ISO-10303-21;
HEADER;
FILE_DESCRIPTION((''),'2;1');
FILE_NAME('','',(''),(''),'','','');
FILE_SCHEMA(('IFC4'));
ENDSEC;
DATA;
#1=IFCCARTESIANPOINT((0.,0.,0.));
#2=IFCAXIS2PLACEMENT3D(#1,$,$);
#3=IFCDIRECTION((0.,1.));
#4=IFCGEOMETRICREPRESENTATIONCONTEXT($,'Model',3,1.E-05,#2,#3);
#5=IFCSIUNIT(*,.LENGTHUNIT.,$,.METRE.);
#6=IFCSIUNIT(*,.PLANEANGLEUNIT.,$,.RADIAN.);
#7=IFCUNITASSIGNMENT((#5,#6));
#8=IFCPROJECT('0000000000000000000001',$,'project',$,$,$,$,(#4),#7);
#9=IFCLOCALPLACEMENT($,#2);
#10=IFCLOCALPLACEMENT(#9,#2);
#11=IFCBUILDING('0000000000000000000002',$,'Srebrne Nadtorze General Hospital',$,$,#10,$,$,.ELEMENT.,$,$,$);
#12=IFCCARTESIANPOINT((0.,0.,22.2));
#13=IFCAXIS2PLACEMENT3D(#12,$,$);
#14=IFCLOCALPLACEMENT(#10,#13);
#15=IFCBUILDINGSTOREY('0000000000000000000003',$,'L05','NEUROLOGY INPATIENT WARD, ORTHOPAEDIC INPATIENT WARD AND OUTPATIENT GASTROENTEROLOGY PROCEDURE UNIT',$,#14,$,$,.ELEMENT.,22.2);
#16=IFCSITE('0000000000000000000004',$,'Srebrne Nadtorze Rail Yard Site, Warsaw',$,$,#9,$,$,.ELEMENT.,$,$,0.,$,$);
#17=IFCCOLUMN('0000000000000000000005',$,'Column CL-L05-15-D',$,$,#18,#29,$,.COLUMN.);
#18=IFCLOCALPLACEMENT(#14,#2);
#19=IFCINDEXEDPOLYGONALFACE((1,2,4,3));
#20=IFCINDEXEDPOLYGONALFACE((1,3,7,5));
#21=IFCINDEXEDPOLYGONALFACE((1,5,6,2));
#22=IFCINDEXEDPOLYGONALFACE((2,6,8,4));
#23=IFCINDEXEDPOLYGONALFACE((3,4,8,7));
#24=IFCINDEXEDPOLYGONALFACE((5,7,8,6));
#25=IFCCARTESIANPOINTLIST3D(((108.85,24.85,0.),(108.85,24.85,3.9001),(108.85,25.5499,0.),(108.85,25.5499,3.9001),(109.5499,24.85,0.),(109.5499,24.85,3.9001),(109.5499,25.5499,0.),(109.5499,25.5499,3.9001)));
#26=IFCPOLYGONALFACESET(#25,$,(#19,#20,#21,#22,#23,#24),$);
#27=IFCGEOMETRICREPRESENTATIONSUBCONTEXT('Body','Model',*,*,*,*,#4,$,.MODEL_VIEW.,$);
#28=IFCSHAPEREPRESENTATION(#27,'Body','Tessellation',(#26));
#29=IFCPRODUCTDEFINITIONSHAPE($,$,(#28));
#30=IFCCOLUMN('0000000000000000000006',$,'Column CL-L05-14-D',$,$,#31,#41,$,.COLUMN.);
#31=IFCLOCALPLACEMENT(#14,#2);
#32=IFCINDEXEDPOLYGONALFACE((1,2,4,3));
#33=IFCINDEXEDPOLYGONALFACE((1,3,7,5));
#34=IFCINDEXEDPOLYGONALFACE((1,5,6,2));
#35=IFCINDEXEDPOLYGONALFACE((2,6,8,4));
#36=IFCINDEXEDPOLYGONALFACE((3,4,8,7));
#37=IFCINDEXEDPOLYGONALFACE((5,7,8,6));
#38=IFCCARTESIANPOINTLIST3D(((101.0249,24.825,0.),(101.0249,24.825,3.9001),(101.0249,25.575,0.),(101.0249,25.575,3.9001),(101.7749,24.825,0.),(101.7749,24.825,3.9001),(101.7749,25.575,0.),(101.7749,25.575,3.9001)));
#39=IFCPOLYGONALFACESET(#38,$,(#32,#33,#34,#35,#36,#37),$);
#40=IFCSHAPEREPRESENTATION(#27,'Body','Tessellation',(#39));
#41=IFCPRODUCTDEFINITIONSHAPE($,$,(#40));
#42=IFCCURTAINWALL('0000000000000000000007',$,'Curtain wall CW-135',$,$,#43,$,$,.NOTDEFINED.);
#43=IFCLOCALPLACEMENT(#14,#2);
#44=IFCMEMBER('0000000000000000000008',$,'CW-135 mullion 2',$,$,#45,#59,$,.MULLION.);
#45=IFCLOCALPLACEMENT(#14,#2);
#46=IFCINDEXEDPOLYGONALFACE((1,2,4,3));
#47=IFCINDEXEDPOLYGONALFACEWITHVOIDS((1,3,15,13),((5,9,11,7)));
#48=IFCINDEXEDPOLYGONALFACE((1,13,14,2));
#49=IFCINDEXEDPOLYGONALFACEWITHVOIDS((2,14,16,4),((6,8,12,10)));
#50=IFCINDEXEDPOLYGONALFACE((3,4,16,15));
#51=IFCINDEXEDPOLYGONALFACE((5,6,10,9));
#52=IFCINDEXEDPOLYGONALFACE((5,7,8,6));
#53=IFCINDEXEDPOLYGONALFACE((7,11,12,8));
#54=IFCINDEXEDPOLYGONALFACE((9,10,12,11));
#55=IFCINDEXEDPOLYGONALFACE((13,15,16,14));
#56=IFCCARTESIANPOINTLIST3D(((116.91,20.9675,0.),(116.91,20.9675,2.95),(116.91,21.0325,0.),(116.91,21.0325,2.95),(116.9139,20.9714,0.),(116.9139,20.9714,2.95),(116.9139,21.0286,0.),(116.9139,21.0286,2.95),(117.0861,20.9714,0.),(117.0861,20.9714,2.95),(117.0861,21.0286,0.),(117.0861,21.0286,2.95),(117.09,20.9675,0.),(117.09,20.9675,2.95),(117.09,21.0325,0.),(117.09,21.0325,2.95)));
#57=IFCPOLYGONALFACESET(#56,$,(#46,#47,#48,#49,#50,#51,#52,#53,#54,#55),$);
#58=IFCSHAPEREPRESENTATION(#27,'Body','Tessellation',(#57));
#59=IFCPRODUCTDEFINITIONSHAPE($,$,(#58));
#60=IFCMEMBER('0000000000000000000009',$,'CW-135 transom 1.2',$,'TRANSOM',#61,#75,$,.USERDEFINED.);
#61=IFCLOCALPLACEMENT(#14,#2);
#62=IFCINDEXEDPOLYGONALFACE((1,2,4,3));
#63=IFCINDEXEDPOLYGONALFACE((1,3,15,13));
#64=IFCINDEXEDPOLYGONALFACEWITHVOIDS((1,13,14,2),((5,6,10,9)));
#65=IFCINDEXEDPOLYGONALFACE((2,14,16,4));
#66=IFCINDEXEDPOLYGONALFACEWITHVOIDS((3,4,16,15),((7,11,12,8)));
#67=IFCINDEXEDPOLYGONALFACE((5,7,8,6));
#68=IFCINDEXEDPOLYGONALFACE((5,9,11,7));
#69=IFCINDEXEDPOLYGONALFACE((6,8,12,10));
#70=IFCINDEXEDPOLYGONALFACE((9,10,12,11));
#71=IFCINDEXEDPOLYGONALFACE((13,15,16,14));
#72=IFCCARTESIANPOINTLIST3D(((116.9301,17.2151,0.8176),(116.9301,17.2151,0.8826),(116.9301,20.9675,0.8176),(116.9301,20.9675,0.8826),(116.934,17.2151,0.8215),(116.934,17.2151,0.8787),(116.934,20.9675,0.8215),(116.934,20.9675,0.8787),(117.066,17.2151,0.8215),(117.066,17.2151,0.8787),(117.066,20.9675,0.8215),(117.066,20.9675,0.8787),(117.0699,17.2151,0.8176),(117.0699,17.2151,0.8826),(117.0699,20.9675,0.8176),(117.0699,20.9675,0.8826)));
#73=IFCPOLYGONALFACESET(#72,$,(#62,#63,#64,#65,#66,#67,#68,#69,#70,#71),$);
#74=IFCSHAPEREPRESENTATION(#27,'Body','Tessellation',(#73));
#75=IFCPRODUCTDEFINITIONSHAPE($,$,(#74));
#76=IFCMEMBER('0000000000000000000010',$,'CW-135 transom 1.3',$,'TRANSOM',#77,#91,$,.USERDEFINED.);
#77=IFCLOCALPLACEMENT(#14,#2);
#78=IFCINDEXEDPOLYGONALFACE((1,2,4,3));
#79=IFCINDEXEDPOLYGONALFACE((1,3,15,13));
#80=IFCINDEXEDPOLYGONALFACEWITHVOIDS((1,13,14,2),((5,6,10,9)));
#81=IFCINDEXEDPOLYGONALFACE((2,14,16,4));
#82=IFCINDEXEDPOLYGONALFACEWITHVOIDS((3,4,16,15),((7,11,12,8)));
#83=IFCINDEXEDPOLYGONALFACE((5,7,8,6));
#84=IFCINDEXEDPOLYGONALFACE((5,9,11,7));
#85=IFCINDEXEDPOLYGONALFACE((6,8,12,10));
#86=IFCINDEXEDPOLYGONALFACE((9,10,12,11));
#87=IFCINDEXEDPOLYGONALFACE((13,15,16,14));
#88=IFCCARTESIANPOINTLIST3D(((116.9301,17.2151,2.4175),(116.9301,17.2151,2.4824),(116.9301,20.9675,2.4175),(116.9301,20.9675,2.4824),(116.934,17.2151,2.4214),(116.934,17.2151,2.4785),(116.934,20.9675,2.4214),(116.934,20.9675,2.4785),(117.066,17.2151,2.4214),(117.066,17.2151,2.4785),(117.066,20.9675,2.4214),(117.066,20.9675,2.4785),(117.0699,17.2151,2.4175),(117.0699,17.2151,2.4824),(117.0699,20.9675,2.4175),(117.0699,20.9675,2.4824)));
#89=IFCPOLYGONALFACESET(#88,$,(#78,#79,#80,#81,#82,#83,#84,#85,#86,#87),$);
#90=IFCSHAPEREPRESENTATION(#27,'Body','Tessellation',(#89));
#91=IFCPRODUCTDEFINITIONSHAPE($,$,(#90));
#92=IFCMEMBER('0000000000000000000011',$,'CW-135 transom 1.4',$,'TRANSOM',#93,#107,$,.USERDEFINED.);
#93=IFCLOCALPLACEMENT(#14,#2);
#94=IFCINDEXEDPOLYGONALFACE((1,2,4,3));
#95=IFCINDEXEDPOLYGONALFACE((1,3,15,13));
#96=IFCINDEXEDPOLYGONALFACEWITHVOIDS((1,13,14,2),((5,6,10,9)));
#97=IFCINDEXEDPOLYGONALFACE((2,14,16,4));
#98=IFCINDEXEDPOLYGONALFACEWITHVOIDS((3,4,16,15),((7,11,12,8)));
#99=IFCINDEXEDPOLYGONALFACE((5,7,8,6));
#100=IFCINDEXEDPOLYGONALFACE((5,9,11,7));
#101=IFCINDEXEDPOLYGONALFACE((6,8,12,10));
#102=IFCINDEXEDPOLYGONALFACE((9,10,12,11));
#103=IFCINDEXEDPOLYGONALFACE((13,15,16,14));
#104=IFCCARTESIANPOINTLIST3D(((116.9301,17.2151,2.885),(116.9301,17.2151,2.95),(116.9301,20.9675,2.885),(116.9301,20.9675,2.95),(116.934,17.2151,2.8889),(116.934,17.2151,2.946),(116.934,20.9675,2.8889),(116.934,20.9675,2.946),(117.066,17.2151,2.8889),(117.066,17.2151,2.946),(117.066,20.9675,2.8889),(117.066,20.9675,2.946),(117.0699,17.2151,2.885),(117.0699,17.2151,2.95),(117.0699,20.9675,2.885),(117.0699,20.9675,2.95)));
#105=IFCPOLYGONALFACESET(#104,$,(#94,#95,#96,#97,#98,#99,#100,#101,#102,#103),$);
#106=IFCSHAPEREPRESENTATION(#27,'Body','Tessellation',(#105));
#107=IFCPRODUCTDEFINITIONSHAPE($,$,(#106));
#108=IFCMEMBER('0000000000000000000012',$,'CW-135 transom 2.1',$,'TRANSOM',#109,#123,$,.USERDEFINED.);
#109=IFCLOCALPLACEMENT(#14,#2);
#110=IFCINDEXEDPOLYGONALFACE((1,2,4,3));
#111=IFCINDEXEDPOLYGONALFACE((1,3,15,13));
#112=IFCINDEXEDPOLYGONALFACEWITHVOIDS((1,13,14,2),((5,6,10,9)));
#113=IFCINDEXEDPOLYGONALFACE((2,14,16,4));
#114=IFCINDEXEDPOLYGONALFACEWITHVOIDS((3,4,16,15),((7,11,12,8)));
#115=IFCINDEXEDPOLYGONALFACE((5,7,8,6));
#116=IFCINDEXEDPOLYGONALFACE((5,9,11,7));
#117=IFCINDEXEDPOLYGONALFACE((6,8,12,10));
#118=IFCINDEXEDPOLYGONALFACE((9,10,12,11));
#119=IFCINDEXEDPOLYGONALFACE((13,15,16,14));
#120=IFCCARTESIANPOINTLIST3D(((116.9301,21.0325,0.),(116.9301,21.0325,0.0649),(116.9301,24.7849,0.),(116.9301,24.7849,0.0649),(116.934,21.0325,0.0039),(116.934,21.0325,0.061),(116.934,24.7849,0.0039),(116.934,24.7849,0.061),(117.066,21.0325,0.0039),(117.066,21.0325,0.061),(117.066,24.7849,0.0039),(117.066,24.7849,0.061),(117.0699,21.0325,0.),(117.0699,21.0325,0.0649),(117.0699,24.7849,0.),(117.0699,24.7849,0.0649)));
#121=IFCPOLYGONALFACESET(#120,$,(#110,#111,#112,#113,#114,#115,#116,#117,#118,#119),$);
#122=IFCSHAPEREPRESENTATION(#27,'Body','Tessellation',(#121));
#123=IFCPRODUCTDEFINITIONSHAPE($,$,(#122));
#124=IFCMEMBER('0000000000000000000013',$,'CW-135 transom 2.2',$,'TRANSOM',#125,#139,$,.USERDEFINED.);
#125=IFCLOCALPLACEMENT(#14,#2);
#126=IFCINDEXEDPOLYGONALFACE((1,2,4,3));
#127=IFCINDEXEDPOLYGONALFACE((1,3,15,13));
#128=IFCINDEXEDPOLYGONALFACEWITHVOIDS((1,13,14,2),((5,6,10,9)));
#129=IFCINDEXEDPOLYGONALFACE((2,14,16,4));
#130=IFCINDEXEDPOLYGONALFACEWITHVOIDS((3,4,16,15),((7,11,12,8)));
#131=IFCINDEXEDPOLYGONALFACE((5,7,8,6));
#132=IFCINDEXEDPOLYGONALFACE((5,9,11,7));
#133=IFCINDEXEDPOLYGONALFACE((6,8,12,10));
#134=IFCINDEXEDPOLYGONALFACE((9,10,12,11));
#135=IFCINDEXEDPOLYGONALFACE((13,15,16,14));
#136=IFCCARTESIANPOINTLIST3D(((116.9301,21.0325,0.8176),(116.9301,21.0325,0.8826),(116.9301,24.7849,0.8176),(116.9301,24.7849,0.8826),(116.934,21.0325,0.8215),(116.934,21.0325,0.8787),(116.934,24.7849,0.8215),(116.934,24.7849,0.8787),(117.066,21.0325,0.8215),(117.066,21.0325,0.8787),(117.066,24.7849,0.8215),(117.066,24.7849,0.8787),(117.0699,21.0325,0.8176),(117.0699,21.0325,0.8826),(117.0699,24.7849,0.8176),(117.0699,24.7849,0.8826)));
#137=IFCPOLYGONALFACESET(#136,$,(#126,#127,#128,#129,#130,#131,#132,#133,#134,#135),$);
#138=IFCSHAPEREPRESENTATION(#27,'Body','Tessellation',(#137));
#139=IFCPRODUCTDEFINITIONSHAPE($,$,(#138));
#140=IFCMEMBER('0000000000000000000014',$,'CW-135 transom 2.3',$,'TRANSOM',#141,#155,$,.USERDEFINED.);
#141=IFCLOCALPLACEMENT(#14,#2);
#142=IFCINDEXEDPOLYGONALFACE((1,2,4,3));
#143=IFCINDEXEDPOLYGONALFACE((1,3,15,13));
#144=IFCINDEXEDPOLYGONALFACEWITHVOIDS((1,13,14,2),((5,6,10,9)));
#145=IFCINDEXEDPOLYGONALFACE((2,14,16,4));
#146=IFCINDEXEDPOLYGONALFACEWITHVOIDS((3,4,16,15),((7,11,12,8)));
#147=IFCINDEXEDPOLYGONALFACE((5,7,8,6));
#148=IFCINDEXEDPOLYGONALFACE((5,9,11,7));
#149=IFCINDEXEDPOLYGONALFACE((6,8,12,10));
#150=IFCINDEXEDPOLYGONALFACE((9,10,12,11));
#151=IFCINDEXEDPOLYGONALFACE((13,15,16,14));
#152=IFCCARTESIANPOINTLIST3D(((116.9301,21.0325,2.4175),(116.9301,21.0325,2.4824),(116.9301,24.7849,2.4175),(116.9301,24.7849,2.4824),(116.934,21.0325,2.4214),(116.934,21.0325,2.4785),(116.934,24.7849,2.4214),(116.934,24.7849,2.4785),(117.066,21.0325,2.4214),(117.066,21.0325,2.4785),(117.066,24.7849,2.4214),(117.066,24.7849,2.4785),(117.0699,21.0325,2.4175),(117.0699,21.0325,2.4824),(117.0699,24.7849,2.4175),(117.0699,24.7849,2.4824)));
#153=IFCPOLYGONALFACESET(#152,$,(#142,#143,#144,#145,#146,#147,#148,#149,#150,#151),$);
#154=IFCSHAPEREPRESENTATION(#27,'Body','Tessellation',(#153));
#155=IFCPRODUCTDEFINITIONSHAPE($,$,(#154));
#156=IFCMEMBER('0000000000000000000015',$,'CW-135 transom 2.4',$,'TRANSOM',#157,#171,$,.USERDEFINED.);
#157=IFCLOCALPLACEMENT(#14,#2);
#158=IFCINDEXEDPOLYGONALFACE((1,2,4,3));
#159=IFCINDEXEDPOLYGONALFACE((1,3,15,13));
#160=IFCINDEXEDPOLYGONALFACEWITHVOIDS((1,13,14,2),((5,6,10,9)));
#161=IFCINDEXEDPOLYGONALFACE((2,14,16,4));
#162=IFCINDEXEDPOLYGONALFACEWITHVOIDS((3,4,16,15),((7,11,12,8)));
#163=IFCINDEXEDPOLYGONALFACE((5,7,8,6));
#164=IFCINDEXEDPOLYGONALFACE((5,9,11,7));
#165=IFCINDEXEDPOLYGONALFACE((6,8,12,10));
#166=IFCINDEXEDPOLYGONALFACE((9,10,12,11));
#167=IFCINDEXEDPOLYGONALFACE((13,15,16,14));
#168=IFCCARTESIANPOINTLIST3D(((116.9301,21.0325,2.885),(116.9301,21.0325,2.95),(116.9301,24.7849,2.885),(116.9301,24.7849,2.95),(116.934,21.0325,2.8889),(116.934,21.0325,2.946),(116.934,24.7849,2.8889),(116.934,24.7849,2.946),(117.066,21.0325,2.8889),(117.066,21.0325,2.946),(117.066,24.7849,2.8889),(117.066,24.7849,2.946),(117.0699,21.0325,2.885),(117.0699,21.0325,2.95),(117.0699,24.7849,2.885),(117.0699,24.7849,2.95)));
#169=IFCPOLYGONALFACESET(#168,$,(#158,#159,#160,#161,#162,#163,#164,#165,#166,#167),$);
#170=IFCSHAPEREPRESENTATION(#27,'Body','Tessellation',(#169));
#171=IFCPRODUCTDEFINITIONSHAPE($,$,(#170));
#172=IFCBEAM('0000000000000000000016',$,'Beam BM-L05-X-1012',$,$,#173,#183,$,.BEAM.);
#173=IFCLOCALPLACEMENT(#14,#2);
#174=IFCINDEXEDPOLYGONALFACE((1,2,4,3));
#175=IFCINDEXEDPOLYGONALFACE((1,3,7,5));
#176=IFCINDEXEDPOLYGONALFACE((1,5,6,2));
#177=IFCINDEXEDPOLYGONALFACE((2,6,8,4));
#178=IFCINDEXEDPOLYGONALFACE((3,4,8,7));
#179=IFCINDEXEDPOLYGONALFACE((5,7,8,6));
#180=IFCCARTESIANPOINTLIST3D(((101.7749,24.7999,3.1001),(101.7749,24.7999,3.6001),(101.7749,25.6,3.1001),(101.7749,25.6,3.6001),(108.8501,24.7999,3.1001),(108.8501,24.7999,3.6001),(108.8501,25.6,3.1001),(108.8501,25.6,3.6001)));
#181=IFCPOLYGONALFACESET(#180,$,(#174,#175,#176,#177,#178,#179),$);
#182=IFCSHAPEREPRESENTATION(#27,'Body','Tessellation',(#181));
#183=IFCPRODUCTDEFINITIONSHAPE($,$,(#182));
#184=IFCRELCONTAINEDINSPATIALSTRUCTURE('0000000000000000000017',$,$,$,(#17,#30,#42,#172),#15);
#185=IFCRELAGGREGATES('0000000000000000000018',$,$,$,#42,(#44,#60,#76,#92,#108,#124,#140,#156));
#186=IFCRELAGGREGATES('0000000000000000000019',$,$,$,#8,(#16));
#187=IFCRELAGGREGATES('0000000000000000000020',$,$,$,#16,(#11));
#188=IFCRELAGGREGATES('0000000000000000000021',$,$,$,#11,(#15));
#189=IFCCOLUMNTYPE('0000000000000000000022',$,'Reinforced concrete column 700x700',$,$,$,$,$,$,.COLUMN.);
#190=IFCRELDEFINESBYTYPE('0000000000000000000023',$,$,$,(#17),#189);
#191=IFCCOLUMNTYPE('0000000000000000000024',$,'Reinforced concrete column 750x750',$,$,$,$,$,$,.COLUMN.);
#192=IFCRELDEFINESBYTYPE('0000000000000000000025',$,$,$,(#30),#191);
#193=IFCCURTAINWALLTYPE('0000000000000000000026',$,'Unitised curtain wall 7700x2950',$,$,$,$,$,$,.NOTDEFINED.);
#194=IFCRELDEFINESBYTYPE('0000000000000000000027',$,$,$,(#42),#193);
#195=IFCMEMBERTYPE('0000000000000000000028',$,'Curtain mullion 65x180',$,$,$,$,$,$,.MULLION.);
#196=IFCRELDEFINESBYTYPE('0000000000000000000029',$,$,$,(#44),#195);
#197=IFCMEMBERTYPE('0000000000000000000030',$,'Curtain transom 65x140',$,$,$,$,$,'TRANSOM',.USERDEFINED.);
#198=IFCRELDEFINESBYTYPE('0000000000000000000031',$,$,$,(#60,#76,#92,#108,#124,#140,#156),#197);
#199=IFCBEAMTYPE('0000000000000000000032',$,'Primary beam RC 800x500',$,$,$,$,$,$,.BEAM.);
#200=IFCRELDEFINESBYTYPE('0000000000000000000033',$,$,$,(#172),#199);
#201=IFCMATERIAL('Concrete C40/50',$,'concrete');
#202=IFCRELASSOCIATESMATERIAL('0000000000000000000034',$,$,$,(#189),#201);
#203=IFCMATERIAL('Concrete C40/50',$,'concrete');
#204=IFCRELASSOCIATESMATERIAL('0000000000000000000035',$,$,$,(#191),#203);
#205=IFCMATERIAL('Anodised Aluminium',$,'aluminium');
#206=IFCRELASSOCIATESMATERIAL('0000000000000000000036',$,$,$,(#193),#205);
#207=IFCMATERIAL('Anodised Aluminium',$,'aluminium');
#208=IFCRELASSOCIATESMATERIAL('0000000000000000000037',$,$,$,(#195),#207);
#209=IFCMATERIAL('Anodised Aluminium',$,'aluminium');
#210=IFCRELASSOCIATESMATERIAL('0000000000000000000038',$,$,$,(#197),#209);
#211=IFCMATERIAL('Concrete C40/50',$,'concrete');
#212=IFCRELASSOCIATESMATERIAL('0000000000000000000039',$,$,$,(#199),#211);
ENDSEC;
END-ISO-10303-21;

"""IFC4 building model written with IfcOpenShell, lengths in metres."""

from ifc_helpers import new_model, si_unit, direction, frame, origin, origin_2d, place, context, subcontext, project, spatial, rectangle, hollow_rectangle, extrude, material, material_profile, profile_set, type_object, element, aggregate, save


model = new_model("IFC4")

# Units and contexts
model_context = context("Model", 3, precision=1e-05, world=origin(), true_north=direction((0.0, 1.0)))
body_context = subcontext(model_context, "Body", "Model", "MODEL_VIEW")
ifc_project = project(units=[si_unit("LENGTHUNIT", "METRE"), si_unit("PLANEANGLEUNIT", "RADIAN")], contexts=[model_context])

# Site, building, storey
site_placement = place(None, origin())
site = spatial("IfcSite", under=ifc_project, at=site_placement, Name="Srebrne Nadtorze Rail Yard Site, Warsaw", CompositionType="ELEMENT", RefElevation=0.0)
building_placement = place(site_placement, origin())
building = spatial("IfcBuilding", under=site, at=building_placement, Name="Srebrne Nadtorze General Hospital", CompositionType="ELEMENT")
storey_placement = place(building_placement, frame((0.0, 0.0, 22.2)))
storey = spatial("IfcBuildingStorey", under=building, at=storey_placement, Name="L05", Description="NEUROLOGY INPATIENT WARD, ORTHOPAEDIC INPATIENT WARD AND OUTPATIENT GASTROENTEROLOGY PROCEDURE UNIT", CompositionType="ELEMENT", Elevation=22.2)

# Columns
ifc_material_1 = material(Name="Concrete C40/50", Category="concrete")
ifc_material_profile_1 = material_profile(ifc_material_1, rectangle(XDim=0.7, YDim=0.7, at=origin_2d()), Name="RC-COL-700x700")
ifc_profile_set_1 = profile_set([ifc_material_profile_1], Name="Concrete C40/50")
column_type_1 = type_object("IfcColumnType", Name="Reinforced concrete column 700x700", PredefinedType="COLUMN", material=ifc_profile_set_1)
column_1_placement = place(storey_placement, frame((109.2, 25.2, 0.0), z_axis=(0.0, 0.0, 1.0), x_axis=(1.0, 0.0, 0.0)))
element("IfcColumn", 1, at=column_1_placement, inside=storey, type_object=column_type_1, Name="Column CL-L05-15-D", PredefinedType="COLUMN", context=body_context, shape_type="SweptSolid", body=[
    extrude(rectangle(XDim=0.7, YDim=0.7, at=origin_2d()), origin(), (0.0, 0.0, 1.0), 3.9001),
])
ifc_material_2 = material(Name="Concrete C40/50", Category="concrete")
ifc_material_profile_2 = material_profile(ifc_material_2, rectangle(XDim=0.75, YDim=0.75, at=origin_2d()), Name="RC-COL-750x750")
ifc_profile_set_2 = profile_set([ifc_material_profile_2], Name="Concrete C40/50")
column_type_2 = type_object("IfcColumnType", Name="Reinforced concrete column 750x750", PredefinedType="COLUMN", material=ifc_profile_set_2)
column_2_placement = place(storey_placement, frame((101.3999, 25.2, 0.0), z_axis=(0.0, 0.0, 1.0), x_axis=(1.0, 0.0, 0.0)))
element("IfcColumn", 2, at=column_2_placement, inside=storey, type_object=column_type_2, Name="Column CL-L05-14-D", PredefinedType="COLUMN", context=body_context, shape_type="SweptSolid", body=[
    extrude(rectangle(XDim=0.75, YDim=0.75, at=origin_2d()), origin(), (0.0, 0.0, 1.0), 3.9001),
])

# Curtain wall, members
ifc_material_3 = material(Name="Anodised Aluminium", Category="aluminium")
curtain_wall_type = type_object("IfcCurtainWallType", Name="Unitised curtain wall 7700x2950", PredefinedType="NOTDEFINED", material=ifc_material_3)
curtain_wall_placement = place(storey_placement, origin())
curtain_wall = element("IfcCurtainWall", 3, at=curtain_wall_placement, inside=storey, type_object=curtain_wall_type, Name="Curtain wall CW-135", PredefinedType="NOTDEFINED")
ifc_material_4 = material(Name="Anodised Aluminium", Category="aluminium")
ifc_material_profile_3 = material_profile(ifc_material_4, hollow_rectangle(XDim=0.0649, YDim=0.1799, WallThickness=0.0039, at=origin_2d()), Name="AL-MUL-65x180")
ifc_profile_set_3 = profile_set([ifc_material_profile_3], Name="Anodised Aluminium")
member_type_1 = type_object("IfcMemberType", Name="Curtain mullion 65x180", PredefinedType="MULLION", material=ifc_profile_set_3)
member_1_placement = place(storey_placement, frame((117.0, 21.0, 0.0), z_axis=(0.0, 0.0, 1.0), x_axis=(0.0, 1.0, 0.0)))
member_1 = element("IfcMember", 4, at=member_1_placement, type_object=member_type_1, Name="CW-135 mullion 2", PredefinedType="MULLION", context=body_context, shape_type="SweptSolid", body=[
    extrude(hollow_rectangle(XDim=0.0649, YDim=0.1799, WallThickness=0.0039, at=origin_2d()), origin(), (0.0, 0.0, 1.0), 2.95),
])
ifc_material_5 = material(Name="Anodised Aluminium", Category="aluminium")
ifc_material_profile_4 = material_profile(ifc_material_5, hollow_rectangle(XDim=0.0649, YDim=0.1399, WallThickness=0.0039, at=origin_2d()), Name="AL-TRN-65x140")
ifc_profile_set_4 = profile_set([ifc_material_profile_4], Name="Anodised Aluminium")
member_type_2 = type_object("IfcMemberType", Name="Curtain transom 65x140", ElementType="TRANSOM", PredefinedType="USERDEFINED", material=ifc_profile_set_4)
member_2_placement = place(storey_placement, frame((117.0, 17.2151, 0.8501), z_axis=(0.0, 1.0, 0.0), x_axis=(0.0, 0.0, 1.0)))
member_2 = element("IfcMember", 5, at=member_2_placement, type_object=member_type_2, Name="CW-135 transom 1.2", ObjectType="TRANSOM", PredefinedType="USERDEFINED", context=body_context, shape_type="SweptSolid", body=[
    extrude(hollow_rectangle(XDim=0.0649, YDim=0.1399, WallThickness=0.0039, at=origin_2d()), origin(), (0.0, 0.0, 1.0), 3.7524),
])
member_3_placement = place(storey_placement, frame((117.0, 17.2151, 2.45), z_axis=(0.0, 1.0, 0.0), x_axis=(0.0, 0.0, 1.0)))
member_3 = element("IfcMember", 6, at=member_3_placement, type_object=member_type_2, Name="CW-135 transom 1.3", ObjectType="TRANSOM", PredefinedType="USERDEFINED", context=body_context, shape_type="SweptSolid", body=[
    extrude(hollow_rectangle(XDim=0.0649, YDim=0.1399, WallThickness=0.0039, at=origin_2d()), origin(), (0.0, 0.0, 1.0), 3.7524),
])
member_4_placement = place(storey_placement, frame((117.0, 17.2151, 2.9175), z_axis=(0.0, 1.0, 0.0), x_axis=(0.0, 0.0, 1.0)))
member_4 = element("IfcMember", 7, at=member_4_placement, type_object=member_type_2, Name="CW-135 transom 1.4", ObjectType="TRANSOM", PredefinedType="USERDEFINED", context=body_context, shape_type="SweptSolid", body=[
    extrude(hollow_rectangle(XDim=0.0649, YDim=0.1399, WallThickness=0.0039, at=origin_2d()), origin(), (0.0, 0.0, 1.0), 3.7524),
])
member_5_placement = place(storey_placement, frame((117.0, 21.0325, 0.0325), z_axis=(0.0, 1.0, 0.0), x_axis=(0.0, 0.0, 1.0)))
member_5 = element("IfcMember", 8, at=member_5_placement, type_object=member_type_2, Name="CW-135 transom 2.1", ObjectType="TRANSOM", PredefinedType="USERDEFINED", context=body_context, shape_type="SweptSolid", body=[
    extrude(hollow_rectangle(XDim=0.0649, YDim=0.1399, WallThickness=0.0039, at=origin_2d()), origin(), (0.0, 0.0, 1.0), 3.7524),
])
member_6_placement = place(storey_placement, frame((117.0, 21.0325, 0.8501), z_axis=(0.0, 1.0, 0.0), x_axis=(0.0, 0.0, 1.0)))
member_6 = element("IfcMember", 9, at=member_6_placement, type_object=member_type_2, Name="CW-135 transom 2.2", ObjectType="TRANSOM", PredefinedType="USERDEFINED", context=body_context, shape_type="SweptSolid", body=[
    extrude(hollow_rectangle(XDim=0.0649, YDim=0.1399, WallThickness=0.0039, at=origin_2d()), origin(), (0.0, 0.0, 1.0), 3.7524),
])
member_7_placement = place(storey_placement, frame((117.0, 21.0325, 2.45), z_axis=(0.0, 1.0, 0.0), x_axis=(0.0, 0.0, 1.0)))
member_7 = element("IfcMember", 10, at=member_7_placement, type_object=member_type_2, Name="CW-135 transom 2.3", ObjectType="TRANSOM", PredefinedType="USERDEFINED", context=body_context, shape_type="SweptSolid", body=[
    extrude(hollow_rectangle(XDim=0.0649, YDim=0.1399, WallThickness=0.0039, at=origin_2d()), origin(), (0.0, 0.0, 1.0), 3.7524),
])
member_8_placement = place(storey_placement, frame((117.0, 21.0325, 2.9175), z_axis=(0.0, 1.0, 0.0), x_axis=(0.0, 0.0, 1.0)))
member_8 = element("IfcMember", 11, at=member_8_placement, type_object=member_type_2, Name="CW-135 transom 2.4", ObjectType="TRANSOM", PredefinedType="USERDEFINED", context=body_context, shape_type="SweptSolid", body=[
    extrude(hollow_rectangle(XDim=0.0649, YDim=0.1399, WallThickness=0.0039, at=origin_2d()), origin(), (0.0, 0.0, 1.0), 3.7524),
])

# Beam
ifc_material_6 = material(Name="Concrete C40/50", Category="concrete")
ifc_material_profile_5 = material_profile(ifc_material_6, rectangle(XDim=0.8, YDim=0.5, at=origin_2d()), Name="RC-BM-800x500")
ifc_profile_set_5 = profile_set([ifc_material_profile_5], Name="Concrete C40/50")
beam_type = type_object("IfcBeamType", Name="Primary beam RC 800x500", PredefinedType="BEAM", material=ifc_profile_set_5)
beam_1_placement = place(storey_placement, frame((101.7749, 25.2, 3.3501), z_axis=(1.0, 0.0, 0.0), x_axis=(0.0, 1.0, 0.0)))
element("IfcBeam", 12, at=beam_1_placement, inside=storey, type_object=beam_type, Name="Beam BM-L05-X-1012", PredefinedType="BEAM", context=body_context, shape_type="SweptSolid", body=[
    extrude(rectangle(XDim=0.8, YDim=0.5, at=origin_2d()), origin(), (0.0, 0.0, 1.0), 7.0752),
])

aggregate(curtain_wall, [member_1, member_2, member_3, member_4, member_5, member_6, member_7, member_8])

save(model, "model.ifc")
